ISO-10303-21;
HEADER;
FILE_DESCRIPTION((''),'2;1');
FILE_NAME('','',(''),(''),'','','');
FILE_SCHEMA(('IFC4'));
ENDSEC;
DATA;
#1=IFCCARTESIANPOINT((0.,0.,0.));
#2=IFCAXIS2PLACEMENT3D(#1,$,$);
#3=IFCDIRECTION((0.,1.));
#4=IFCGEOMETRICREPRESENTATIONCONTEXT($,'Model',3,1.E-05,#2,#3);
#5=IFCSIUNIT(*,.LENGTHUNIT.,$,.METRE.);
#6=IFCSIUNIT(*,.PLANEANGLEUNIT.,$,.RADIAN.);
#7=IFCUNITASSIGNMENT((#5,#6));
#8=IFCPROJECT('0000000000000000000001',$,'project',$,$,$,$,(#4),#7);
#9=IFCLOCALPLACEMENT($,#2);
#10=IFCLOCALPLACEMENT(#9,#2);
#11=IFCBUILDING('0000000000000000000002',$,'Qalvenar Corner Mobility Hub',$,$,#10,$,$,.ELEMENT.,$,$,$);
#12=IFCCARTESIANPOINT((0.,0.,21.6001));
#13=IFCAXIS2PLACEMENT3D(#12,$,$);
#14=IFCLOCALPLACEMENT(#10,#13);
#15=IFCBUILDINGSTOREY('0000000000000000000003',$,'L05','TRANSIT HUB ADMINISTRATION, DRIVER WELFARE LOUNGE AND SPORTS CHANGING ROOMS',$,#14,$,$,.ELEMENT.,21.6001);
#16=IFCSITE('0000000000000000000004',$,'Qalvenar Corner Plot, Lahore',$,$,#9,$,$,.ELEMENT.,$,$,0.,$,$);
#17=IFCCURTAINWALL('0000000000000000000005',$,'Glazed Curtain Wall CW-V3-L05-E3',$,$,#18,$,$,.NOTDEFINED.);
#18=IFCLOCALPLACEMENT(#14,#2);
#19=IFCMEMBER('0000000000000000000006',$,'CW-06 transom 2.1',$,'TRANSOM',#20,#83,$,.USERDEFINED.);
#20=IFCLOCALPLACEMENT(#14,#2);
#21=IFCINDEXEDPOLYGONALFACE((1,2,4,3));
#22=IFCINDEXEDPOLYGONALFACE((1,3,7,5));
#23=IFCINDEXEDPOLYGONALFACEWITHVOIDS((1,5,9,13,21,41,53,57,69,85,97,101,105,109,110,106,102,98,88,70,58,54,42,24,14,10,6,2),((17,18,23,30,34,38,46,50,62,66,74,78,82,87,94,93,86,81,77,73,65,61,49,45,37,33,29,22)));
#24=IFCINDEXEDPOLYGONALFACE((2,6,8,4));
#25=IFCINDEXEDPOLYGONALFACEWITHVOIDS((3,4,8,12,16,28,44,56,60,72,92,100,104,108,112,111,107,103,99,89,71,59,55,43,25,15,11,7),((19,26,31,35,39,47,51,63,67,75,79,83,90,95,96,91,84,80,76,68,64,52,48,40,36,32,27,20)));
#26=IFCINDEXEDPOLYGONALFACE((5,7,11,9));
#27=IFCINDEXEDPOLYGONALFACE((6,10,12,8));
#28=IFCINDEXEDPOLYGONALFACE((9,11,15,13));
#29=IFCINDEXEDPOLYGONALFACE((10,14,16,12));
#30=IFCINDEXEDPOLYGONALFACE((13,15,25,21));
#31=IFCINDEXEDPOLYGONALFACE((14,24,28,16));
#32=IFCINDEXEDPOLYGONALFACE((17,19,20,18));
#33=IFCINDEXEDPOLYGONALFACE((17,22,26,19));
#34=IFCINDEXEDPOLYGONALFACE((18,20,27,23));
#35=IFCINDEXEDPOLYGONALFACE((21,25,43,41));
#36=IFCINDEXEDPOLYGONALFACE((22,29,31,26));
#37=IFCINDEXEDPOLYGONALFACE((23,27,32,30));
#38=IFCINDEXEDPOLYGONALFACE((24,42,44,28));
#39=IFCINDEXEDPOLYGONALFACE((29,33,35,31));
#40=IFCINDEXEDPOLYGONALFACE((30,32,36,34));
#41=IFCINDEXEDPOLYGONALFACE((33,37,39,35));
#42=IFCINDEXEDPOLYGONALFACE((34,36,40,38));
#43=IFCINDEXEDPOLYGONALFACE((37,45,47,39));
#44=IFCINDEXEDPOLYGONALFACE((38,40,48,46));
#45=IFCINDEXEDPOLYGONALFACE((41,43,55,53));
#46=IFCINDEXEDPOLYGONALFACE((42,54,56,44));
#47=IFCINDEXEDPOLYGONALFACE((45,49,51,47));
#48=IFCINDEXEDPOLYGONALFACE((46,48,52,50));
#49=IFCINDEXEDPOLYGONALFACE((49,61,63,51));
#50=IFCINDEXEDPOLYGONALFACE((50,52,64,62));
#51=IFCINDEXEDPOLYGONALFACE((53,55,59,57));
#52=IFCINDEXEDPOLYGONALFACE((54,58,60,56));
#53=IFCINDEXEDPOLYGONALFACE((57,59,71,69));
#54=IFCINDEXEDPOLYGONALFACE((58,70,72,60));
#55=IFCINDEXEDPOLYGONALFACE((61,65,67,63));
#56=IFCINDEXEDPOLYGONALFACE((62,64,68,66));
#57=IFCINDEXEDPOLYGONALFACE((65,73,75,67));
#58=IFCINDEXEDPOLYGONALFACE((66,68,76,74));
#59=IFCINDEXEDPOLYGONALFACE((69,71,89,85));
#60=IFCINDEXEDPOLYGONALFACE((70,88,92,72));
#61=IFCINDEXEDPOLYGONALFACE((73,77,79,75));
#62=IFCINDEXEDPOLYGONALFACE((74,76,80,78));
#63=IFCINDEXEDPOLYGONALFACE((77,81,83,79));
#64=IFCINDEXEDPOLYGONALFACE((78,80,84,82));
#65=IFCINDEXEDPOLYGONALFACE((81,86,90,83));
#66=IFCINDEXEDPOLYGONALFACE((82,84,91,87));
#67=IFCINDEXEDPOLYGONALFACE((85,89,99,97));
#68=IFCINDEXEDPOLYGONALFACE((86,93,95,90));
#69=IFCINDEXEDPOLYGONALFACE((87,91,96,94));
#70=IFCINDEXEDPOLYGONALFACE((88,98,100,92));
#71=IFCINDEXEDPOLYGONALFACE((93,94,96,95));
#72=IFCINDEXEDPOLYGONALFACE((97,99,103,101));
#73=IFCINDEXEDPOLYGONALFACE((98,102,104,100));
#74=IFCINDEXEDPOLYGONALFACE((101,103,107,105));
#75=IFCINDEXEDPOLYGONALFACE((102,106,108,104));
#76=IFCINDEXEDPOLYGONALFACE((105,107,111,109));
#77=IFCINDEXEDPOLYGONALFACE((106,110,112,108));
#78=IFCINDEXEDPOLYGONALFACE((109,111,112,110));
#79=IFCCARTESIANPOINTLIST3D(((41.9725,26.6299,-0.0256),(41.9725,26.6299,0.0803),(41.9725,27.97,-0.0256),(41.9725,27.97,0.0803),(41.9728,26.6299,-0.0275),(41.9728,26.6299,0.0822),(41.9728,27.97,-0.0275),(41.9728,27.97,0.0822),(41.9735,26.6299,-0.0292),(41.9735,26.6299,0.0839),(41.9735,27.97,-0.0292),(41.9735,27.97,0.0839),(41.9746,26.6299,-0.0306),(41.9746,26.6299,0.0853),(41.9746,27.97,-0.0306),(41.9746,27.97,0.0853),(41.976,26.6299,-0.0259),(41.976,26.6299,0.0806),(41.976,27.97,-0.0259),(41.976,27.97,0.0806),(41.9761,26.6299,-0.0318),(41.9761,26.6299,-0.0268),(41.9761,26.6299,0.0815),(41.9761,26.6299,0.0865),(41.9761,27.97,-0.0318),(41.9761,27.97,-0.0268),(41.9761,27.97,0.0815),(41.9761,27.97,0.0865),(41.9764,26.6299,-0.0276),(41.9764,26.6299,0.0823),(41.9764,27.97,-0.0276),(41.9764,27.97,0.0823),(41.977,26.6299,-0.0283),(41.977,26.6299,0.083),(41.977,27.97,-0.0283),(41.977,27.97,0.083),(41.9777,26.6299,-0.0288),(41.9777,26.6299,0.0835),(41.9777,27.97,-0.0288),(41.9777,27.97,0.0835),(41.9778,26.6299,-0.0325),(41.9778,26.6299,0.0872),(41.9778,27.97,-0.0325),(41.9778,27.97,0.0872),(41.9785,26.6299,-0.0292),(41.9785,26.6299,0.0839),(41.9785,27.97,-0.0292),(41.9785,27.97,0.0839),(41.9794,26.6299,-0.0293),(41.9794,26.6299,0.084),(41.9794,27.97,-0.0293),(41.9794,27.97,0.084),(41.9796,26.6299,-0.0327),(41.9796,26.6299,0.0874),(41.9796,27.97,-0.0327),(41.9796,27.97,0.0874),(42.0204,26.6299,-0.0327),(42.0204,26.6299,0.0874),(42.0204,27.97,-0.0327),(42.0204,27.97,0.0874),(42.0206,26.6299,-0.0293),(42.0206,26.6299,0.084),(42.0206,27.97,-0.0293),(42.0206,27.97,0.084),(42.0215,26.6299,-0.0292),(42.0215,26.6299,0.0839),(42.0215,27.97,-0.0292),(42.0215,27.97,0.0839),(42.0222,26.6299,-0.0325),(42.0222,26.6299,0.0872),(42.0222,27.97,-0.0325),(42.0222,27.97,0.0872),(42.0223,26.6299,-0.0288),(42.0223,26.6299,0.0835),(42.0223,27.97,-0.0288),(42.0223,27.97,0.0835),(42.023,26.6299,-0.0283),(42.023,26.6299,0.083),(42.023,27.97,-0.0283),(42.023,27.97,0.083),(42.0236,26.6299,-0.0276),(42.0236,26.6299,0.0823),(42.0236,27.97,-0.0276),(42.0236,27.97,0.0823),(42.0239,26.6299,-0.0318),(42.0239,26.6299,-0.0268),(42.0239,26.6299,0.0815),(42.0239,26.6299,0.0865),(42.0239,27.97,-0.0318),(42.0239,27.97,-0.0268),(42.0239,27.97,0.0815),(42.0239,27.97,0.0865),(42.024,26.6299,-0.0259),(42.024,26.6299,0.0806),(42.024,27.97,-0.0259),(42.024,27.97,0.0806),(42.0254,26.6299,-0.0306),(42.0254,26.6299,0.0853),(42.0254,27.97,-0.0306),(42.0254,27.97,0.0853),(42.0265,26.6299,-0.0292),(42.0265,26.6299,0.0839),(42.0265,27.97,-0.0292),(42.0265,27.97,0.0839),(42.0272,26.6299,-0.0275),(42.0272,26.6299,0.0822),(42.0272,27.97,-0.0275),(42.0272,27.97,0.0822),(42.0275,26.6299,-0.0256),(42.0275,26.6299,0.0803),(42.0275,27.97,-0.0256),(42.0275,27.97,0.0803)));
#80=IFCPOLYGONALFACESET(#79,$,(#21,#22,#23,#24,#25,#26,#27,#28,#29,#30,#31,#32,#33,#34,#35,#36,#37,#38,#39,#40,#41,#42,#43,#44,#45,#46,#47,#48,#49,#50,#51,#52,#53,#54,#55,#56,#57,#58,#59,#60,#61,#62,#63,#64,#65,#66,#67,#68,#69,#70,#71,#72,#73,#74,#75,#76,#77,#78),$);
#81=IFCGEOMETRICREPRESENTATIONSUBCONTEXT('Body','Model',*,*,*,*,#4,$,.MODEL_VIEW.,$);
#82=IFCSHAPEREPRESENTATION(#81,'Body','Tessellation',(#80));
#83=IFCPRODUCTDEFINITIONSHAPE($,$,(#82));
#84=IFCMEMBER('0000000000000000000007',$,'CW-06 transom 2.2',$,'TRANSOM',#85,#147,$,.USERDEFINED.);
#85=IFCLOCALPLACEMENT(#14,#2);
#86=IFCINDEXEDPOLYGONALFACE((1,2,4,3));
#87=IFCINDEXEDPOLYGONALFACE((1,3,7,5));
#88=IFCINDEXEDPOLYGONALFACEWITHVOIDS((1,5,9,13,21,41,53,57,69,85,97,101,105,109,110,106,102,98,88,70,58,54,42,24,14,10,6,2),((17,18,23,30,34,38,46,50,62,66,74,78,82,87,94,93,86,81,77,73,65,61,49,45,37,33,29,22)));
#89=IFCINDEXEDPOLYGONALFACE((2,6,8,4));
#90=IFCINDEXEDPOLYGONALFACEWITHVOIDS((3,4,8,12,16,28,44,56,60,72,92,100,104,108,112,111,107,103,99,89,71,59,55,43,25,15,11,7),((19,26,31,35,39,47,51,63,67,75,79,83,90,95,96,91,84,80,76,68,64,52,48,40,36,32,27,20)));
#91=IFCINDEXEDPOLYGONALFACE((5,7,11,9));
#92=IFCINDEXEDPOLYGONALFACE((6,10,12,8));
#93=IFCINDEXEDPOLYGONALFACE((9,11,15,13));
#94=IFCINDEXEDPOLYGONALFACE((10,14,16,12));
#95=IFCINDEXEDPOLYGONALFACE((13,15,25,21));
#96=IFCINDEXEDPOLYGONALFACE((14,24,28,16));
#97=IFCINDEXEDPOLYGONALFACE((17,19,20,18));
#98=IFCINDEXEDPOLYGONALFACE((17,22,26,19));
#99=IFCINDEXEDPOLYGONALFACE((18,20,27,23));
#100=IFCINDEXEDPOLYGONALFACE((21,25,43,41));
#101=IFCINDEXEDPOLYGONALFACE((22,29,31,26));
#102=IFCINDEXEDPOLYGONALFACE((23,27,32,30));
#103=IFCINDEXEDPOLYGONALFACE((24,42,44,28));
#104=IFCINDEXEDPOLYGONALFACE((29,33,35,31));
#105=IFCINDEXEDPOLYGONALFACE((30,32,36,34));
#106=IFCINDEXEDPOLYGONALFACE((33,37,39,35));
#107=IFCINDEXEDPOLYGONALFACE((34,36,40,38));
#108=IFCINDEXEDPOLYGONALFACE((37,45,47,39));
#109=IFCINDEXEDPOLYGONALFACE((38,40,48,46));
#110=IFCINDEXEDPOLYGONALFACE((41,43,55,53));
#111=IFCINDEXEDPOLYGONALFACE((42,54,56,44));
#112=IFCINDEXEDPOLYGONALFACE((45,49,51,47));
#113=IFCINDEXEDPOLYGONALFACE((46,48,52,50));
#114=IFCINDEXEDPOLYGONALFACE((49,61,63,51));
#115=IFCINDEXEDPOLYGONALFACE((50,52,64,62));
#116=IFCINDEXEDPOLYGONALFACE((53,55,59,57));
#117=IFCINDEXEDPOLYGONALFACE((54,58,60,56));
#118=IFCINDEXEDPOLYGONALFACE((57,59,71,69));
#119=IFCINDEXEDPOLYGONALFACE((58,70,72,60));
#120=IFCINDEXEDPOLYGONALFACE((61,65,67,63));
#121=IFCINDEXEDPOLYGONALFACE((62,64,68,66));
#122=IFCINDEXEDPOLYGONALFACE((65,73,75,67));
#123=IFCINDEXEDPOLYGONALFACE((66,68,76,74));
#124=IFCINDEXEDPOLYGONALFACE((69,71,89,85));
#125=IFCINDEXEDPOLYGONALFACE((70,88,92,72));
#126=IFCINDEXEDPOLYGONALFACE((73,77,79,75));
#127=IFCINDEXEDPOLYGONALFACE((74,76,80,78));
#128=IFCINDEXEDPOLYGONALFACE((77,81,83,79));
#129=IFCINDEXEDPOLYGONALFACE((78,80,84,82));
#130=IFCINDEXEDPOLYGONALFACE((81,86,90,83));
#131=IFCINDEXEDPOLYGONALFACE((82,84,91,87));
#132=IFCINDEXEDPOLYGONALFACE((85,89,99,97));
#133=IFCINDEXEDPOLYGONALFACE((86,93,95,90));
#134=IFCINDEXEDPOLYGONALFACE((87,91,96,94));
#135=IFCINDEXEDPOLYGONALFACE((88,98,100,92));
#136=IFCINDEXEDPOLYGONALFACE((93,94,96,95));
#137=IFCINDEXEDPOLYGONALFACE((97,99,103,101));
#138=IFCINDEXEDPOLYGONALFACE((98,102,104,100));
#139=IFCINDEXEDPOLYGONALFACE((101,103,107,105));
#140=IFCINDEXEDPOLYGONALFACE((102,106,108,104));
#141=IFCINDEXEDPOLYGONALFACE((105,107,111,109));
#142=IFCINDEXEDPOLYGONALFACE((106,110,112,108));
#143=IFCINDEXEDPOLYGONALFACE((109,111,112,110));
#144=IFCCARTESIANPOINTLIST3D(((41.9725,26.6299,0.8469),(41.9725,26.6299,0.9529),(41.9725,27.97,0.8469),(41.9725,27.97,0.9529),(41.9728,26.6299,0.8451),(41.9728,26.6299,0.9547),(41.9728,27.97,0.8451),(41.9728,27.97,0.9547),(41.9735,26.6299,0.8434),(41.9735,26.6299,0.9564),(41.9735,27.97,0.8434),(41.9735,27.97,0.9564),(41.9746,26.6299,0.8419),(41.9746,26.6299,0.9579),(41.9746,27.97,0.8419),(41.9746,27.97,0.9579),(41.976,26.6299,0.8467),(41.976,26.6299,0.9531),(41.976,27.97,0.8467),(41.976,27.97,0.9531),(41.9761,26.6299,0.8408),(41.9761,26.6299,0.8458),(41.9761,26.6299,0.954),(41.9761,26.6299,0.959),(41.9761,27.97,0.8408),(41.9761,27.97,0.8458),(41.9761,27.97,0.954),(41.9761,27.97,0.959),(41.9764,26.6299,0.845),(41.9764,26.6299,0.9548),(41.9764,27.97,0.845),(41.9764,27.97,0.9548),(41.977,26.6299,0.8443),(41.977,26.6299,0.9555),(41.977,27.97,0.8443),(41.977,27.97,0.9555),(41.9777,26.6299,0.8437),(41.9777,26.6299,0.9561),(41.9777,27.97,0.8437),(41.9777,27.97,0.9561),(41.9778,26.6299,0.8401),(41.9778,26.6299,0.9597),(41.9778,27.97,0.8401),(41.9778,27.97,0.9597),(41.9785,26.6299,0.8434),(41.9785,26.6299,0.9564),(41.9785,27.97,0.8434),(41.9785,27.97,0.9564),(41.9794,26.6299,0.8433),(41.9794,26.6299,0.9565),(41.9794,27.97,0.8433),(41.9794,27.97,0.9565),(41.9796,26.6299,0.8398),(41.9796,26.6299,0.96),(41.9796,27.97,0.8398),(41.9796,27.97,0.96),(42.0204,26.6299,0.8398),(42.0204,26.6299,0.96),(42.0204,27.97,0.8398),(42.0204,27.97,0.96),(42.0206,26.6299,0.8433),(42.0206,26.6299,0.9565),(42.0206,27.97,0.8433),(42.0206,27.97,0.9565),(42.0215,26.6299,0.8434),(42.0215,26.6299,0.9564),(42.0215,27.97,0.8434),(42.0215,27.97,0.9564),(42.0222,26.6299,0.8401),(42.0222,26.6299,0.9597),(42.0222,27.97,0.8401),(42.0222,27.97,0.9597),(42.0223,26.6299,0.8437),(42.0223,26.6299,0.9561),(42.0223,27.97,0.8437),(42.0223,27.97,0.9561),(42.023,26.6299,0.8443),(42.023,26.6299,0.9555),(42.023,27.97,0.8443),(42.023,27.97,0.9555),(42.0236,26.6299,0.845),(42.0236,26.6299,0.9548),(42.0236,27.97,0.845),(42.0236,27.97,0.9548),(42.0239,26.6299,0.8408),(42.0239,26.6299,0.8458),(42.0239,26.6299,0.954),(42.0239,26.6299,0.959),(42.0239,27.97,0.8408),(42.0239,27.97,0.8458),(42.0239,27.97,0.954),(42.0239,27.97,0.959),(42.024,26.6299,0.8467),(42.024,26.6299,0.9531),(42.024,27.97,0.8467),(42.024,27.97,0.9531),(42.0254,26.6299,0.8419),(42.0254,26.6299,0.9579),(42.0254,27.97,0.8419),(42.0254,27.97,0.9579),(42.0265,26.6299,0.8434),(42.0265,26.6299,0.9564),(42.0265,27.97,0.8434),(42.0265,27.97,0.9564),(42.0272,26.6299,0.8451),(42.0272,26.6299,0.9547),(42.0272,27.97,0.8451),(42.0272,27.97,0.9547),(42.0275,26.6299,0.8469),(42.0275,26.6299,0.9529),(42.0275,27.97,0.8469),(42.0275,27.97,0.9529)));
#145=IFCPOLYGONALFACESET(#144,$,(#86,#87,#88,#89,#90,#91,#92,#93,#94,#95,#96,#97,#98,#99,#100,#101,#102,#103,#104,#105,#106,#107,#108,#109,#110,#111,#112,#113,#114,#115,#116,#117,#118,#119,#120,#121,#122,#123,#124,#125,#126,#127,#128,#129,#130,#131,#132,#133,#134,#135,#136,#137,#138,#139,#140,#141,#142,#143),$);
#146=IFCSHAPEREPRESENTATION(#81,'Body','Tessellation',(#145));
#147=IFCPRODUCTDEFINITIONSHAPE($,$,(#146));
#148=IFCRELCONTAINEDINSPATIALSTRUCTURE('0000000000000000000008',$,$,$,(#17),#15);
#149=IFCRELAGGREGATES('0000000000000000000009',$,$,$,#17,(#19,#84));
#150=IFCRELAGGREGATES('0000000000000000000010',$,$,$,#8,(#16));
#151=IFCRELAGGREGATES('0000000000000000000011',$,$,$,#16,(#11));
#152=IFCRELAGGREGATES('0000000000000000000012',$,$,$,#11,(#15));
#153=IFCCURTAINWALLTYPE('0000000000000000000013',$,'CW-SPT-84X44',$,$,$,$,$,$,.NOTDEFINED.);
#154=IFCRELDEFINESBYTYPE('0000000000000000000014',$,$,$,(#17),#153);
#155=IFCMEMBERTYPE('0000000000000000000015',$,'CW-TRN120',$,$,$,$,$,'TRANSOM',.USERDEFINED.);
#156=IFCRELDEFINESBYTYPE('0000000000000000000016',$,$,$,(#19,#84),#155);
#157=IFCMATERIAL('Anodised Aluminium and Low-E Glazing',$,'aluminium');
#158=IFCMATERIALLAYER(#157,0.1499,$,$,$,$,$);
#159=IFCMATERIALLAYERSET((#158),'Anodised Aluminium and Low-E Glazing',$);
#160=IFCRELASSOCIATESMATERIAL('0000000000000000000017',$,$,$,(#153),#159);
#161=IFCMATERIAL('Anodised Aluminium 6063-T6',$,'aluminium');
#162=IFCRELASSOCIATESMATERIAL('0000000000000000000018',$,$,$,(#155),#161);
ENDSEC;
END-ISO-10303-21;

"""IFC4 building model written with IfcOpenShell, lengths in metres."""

from ifc_helpers import new_model, si_unit, direction, frame, origin, origin_2d, place, context, subcontext, project, spatial, hollow_rectangle, extrude, material, layer, layer_set, material_profile, profile_set, type_object, element, aggregate, save


model = new_model("IFC4")

# Units and contexts
model_context = context("Model", 3, precision=1e-05, world=origin(), true_north=direction((0.0, 1.0)))
body_context = subcontext(model_context, "Body", "Model", "MODEL_VIEW")
ifc_project = project(units=[si_unit("LENGTHUNIT", "METRE"), si_unit("PLANEANGLEUNIT", "RADIAN")], contexts=[model_context])

# Site, building, storey
site_placement = place(None, origin())
site = spatial("IfcSite", under=ifc_project, at=site_placement, Name="Qalvenar Corner Plot, Lahore", CompositionType="ELEMENT", RefElevation=0.0)
building_placement = place(site_placement, origin())
building = spatial("IfcBuilding", under=site, at=building_placement, Name="Qalvenar Corner Mobility Hub", CompositionType="ELEMENT")
storey_placement = place(building_placement, frame((0.0, 0.0, 21.6001)))
storey = spatial("IfcBuildingStorey", under=building, at=storey_placement, Name="L05", Description="TRANSIT HUB ADMINISTRATION, DRIVER WELFARE LOUNGE AND SPORTS CHANGING ROOMS", CompositionType="ELEMENT", Elevation=21.6001)

# Curtain wall, members
ifc_material_1 = material(Name="Anodised Aluminium and Low-E Glazing", Category="aluminium")
ifc_layer_1 = layer(ifc_material_1, 0.1499)
ifc_layer_set_1 = layer_set([ifc_layer_1], Name="Anodised Aluminium and Low-E Glazing")
curtain_wall_type = type_object("IfcCurtainWallType", Name="CW-SPT-84X44", PredefinedType="NOTDEFINED", material=ifc_layer_set_1)
curtain_wall_placement = place(storey_placement, origin())
curtain_wall = element("IfcCurtainWall", 1, at=curtain_wall_placement, inside=storey, type_object=curtain_wall_type, Name="Glazed Curtain Wall CW-V3-L05-E3", PredefinedType="NOTDEFINED")
ifc_material_2 = material(Name="Anodised Aluminium 6063-T6", Category="aluminium")
ifc_material_profile_1 = material_profile(ifc_material_2, hollow_rectangle(XDim=0.0549, YDim=0.1201, WallThickness=0.0034, InnerFilletRadius=0.0034, OuterFilletRadius=0.0071, at=origin_2d()), Name="RHS120x55x3.5")
ifc_profile_set_1 = profile_set([ifc_material_profile_1], Name="Anodised Aluminium 6063-T6")
member_type_1 = type_object("IfcMemberType", Name="CW-TRN120", ElementType="TRANSOM", PredefinedType="USERDEFINED", material=ifc_profile_set_1)
member_1_placement = place(storey_placement, frame((42.0, 26.6299, 0.0273), z_axis=(0.0, 1.0, 0.0), x_axis=(-1.0, 0.0, 0.0)))
member_1 = element("IfcMember", 2, at=member_1_placement, type_object=member_type_1, Name="CW-06 transom 2.1", ObjectType="TRANSOM", PredefinedType="USERDEFINED", context=body_context, shape_type="SweptSolid", body=[
    extrude(hollow_rectangle(XDim=0.0549, YDim=0.1201, WallThickness=0.0034, InnerFilletRadius=0.0034, OuterFilletRadius=0.0071, at=origin_2d()), origin(), (0.0, 0.0, 1.0), 1.3401),
])
member_2_placement = place(storey_placement, frame((42.0, 26.6299, 0.8999), z_axis=(0.0, 1.0, 0.0), x_axis=(-1.0, 0.0, 0.0)))
member_2 = element("IfcMember", 3, at=member_2_placement, type_object=member_type_1, Name="CW-06 transom 2.2", ObjectType="TRANSOM", PredefinedType="USERDEFINED", context=body_context, shape_type="SweptSolid", body=[
    extrude(hollow_rectangle(XDim=0.0549, YDim=0.1201, WallThickness=0.0034, InnerFilletRadius=0.0034, OuterFilletRadius=0.0071, at=origin_2d()), origin(), (0.0, 0.0, 1.0), 1.3401),
])
aggregate(curtain_wall, [member_1, member_2])

save(model, "model.ifc")
